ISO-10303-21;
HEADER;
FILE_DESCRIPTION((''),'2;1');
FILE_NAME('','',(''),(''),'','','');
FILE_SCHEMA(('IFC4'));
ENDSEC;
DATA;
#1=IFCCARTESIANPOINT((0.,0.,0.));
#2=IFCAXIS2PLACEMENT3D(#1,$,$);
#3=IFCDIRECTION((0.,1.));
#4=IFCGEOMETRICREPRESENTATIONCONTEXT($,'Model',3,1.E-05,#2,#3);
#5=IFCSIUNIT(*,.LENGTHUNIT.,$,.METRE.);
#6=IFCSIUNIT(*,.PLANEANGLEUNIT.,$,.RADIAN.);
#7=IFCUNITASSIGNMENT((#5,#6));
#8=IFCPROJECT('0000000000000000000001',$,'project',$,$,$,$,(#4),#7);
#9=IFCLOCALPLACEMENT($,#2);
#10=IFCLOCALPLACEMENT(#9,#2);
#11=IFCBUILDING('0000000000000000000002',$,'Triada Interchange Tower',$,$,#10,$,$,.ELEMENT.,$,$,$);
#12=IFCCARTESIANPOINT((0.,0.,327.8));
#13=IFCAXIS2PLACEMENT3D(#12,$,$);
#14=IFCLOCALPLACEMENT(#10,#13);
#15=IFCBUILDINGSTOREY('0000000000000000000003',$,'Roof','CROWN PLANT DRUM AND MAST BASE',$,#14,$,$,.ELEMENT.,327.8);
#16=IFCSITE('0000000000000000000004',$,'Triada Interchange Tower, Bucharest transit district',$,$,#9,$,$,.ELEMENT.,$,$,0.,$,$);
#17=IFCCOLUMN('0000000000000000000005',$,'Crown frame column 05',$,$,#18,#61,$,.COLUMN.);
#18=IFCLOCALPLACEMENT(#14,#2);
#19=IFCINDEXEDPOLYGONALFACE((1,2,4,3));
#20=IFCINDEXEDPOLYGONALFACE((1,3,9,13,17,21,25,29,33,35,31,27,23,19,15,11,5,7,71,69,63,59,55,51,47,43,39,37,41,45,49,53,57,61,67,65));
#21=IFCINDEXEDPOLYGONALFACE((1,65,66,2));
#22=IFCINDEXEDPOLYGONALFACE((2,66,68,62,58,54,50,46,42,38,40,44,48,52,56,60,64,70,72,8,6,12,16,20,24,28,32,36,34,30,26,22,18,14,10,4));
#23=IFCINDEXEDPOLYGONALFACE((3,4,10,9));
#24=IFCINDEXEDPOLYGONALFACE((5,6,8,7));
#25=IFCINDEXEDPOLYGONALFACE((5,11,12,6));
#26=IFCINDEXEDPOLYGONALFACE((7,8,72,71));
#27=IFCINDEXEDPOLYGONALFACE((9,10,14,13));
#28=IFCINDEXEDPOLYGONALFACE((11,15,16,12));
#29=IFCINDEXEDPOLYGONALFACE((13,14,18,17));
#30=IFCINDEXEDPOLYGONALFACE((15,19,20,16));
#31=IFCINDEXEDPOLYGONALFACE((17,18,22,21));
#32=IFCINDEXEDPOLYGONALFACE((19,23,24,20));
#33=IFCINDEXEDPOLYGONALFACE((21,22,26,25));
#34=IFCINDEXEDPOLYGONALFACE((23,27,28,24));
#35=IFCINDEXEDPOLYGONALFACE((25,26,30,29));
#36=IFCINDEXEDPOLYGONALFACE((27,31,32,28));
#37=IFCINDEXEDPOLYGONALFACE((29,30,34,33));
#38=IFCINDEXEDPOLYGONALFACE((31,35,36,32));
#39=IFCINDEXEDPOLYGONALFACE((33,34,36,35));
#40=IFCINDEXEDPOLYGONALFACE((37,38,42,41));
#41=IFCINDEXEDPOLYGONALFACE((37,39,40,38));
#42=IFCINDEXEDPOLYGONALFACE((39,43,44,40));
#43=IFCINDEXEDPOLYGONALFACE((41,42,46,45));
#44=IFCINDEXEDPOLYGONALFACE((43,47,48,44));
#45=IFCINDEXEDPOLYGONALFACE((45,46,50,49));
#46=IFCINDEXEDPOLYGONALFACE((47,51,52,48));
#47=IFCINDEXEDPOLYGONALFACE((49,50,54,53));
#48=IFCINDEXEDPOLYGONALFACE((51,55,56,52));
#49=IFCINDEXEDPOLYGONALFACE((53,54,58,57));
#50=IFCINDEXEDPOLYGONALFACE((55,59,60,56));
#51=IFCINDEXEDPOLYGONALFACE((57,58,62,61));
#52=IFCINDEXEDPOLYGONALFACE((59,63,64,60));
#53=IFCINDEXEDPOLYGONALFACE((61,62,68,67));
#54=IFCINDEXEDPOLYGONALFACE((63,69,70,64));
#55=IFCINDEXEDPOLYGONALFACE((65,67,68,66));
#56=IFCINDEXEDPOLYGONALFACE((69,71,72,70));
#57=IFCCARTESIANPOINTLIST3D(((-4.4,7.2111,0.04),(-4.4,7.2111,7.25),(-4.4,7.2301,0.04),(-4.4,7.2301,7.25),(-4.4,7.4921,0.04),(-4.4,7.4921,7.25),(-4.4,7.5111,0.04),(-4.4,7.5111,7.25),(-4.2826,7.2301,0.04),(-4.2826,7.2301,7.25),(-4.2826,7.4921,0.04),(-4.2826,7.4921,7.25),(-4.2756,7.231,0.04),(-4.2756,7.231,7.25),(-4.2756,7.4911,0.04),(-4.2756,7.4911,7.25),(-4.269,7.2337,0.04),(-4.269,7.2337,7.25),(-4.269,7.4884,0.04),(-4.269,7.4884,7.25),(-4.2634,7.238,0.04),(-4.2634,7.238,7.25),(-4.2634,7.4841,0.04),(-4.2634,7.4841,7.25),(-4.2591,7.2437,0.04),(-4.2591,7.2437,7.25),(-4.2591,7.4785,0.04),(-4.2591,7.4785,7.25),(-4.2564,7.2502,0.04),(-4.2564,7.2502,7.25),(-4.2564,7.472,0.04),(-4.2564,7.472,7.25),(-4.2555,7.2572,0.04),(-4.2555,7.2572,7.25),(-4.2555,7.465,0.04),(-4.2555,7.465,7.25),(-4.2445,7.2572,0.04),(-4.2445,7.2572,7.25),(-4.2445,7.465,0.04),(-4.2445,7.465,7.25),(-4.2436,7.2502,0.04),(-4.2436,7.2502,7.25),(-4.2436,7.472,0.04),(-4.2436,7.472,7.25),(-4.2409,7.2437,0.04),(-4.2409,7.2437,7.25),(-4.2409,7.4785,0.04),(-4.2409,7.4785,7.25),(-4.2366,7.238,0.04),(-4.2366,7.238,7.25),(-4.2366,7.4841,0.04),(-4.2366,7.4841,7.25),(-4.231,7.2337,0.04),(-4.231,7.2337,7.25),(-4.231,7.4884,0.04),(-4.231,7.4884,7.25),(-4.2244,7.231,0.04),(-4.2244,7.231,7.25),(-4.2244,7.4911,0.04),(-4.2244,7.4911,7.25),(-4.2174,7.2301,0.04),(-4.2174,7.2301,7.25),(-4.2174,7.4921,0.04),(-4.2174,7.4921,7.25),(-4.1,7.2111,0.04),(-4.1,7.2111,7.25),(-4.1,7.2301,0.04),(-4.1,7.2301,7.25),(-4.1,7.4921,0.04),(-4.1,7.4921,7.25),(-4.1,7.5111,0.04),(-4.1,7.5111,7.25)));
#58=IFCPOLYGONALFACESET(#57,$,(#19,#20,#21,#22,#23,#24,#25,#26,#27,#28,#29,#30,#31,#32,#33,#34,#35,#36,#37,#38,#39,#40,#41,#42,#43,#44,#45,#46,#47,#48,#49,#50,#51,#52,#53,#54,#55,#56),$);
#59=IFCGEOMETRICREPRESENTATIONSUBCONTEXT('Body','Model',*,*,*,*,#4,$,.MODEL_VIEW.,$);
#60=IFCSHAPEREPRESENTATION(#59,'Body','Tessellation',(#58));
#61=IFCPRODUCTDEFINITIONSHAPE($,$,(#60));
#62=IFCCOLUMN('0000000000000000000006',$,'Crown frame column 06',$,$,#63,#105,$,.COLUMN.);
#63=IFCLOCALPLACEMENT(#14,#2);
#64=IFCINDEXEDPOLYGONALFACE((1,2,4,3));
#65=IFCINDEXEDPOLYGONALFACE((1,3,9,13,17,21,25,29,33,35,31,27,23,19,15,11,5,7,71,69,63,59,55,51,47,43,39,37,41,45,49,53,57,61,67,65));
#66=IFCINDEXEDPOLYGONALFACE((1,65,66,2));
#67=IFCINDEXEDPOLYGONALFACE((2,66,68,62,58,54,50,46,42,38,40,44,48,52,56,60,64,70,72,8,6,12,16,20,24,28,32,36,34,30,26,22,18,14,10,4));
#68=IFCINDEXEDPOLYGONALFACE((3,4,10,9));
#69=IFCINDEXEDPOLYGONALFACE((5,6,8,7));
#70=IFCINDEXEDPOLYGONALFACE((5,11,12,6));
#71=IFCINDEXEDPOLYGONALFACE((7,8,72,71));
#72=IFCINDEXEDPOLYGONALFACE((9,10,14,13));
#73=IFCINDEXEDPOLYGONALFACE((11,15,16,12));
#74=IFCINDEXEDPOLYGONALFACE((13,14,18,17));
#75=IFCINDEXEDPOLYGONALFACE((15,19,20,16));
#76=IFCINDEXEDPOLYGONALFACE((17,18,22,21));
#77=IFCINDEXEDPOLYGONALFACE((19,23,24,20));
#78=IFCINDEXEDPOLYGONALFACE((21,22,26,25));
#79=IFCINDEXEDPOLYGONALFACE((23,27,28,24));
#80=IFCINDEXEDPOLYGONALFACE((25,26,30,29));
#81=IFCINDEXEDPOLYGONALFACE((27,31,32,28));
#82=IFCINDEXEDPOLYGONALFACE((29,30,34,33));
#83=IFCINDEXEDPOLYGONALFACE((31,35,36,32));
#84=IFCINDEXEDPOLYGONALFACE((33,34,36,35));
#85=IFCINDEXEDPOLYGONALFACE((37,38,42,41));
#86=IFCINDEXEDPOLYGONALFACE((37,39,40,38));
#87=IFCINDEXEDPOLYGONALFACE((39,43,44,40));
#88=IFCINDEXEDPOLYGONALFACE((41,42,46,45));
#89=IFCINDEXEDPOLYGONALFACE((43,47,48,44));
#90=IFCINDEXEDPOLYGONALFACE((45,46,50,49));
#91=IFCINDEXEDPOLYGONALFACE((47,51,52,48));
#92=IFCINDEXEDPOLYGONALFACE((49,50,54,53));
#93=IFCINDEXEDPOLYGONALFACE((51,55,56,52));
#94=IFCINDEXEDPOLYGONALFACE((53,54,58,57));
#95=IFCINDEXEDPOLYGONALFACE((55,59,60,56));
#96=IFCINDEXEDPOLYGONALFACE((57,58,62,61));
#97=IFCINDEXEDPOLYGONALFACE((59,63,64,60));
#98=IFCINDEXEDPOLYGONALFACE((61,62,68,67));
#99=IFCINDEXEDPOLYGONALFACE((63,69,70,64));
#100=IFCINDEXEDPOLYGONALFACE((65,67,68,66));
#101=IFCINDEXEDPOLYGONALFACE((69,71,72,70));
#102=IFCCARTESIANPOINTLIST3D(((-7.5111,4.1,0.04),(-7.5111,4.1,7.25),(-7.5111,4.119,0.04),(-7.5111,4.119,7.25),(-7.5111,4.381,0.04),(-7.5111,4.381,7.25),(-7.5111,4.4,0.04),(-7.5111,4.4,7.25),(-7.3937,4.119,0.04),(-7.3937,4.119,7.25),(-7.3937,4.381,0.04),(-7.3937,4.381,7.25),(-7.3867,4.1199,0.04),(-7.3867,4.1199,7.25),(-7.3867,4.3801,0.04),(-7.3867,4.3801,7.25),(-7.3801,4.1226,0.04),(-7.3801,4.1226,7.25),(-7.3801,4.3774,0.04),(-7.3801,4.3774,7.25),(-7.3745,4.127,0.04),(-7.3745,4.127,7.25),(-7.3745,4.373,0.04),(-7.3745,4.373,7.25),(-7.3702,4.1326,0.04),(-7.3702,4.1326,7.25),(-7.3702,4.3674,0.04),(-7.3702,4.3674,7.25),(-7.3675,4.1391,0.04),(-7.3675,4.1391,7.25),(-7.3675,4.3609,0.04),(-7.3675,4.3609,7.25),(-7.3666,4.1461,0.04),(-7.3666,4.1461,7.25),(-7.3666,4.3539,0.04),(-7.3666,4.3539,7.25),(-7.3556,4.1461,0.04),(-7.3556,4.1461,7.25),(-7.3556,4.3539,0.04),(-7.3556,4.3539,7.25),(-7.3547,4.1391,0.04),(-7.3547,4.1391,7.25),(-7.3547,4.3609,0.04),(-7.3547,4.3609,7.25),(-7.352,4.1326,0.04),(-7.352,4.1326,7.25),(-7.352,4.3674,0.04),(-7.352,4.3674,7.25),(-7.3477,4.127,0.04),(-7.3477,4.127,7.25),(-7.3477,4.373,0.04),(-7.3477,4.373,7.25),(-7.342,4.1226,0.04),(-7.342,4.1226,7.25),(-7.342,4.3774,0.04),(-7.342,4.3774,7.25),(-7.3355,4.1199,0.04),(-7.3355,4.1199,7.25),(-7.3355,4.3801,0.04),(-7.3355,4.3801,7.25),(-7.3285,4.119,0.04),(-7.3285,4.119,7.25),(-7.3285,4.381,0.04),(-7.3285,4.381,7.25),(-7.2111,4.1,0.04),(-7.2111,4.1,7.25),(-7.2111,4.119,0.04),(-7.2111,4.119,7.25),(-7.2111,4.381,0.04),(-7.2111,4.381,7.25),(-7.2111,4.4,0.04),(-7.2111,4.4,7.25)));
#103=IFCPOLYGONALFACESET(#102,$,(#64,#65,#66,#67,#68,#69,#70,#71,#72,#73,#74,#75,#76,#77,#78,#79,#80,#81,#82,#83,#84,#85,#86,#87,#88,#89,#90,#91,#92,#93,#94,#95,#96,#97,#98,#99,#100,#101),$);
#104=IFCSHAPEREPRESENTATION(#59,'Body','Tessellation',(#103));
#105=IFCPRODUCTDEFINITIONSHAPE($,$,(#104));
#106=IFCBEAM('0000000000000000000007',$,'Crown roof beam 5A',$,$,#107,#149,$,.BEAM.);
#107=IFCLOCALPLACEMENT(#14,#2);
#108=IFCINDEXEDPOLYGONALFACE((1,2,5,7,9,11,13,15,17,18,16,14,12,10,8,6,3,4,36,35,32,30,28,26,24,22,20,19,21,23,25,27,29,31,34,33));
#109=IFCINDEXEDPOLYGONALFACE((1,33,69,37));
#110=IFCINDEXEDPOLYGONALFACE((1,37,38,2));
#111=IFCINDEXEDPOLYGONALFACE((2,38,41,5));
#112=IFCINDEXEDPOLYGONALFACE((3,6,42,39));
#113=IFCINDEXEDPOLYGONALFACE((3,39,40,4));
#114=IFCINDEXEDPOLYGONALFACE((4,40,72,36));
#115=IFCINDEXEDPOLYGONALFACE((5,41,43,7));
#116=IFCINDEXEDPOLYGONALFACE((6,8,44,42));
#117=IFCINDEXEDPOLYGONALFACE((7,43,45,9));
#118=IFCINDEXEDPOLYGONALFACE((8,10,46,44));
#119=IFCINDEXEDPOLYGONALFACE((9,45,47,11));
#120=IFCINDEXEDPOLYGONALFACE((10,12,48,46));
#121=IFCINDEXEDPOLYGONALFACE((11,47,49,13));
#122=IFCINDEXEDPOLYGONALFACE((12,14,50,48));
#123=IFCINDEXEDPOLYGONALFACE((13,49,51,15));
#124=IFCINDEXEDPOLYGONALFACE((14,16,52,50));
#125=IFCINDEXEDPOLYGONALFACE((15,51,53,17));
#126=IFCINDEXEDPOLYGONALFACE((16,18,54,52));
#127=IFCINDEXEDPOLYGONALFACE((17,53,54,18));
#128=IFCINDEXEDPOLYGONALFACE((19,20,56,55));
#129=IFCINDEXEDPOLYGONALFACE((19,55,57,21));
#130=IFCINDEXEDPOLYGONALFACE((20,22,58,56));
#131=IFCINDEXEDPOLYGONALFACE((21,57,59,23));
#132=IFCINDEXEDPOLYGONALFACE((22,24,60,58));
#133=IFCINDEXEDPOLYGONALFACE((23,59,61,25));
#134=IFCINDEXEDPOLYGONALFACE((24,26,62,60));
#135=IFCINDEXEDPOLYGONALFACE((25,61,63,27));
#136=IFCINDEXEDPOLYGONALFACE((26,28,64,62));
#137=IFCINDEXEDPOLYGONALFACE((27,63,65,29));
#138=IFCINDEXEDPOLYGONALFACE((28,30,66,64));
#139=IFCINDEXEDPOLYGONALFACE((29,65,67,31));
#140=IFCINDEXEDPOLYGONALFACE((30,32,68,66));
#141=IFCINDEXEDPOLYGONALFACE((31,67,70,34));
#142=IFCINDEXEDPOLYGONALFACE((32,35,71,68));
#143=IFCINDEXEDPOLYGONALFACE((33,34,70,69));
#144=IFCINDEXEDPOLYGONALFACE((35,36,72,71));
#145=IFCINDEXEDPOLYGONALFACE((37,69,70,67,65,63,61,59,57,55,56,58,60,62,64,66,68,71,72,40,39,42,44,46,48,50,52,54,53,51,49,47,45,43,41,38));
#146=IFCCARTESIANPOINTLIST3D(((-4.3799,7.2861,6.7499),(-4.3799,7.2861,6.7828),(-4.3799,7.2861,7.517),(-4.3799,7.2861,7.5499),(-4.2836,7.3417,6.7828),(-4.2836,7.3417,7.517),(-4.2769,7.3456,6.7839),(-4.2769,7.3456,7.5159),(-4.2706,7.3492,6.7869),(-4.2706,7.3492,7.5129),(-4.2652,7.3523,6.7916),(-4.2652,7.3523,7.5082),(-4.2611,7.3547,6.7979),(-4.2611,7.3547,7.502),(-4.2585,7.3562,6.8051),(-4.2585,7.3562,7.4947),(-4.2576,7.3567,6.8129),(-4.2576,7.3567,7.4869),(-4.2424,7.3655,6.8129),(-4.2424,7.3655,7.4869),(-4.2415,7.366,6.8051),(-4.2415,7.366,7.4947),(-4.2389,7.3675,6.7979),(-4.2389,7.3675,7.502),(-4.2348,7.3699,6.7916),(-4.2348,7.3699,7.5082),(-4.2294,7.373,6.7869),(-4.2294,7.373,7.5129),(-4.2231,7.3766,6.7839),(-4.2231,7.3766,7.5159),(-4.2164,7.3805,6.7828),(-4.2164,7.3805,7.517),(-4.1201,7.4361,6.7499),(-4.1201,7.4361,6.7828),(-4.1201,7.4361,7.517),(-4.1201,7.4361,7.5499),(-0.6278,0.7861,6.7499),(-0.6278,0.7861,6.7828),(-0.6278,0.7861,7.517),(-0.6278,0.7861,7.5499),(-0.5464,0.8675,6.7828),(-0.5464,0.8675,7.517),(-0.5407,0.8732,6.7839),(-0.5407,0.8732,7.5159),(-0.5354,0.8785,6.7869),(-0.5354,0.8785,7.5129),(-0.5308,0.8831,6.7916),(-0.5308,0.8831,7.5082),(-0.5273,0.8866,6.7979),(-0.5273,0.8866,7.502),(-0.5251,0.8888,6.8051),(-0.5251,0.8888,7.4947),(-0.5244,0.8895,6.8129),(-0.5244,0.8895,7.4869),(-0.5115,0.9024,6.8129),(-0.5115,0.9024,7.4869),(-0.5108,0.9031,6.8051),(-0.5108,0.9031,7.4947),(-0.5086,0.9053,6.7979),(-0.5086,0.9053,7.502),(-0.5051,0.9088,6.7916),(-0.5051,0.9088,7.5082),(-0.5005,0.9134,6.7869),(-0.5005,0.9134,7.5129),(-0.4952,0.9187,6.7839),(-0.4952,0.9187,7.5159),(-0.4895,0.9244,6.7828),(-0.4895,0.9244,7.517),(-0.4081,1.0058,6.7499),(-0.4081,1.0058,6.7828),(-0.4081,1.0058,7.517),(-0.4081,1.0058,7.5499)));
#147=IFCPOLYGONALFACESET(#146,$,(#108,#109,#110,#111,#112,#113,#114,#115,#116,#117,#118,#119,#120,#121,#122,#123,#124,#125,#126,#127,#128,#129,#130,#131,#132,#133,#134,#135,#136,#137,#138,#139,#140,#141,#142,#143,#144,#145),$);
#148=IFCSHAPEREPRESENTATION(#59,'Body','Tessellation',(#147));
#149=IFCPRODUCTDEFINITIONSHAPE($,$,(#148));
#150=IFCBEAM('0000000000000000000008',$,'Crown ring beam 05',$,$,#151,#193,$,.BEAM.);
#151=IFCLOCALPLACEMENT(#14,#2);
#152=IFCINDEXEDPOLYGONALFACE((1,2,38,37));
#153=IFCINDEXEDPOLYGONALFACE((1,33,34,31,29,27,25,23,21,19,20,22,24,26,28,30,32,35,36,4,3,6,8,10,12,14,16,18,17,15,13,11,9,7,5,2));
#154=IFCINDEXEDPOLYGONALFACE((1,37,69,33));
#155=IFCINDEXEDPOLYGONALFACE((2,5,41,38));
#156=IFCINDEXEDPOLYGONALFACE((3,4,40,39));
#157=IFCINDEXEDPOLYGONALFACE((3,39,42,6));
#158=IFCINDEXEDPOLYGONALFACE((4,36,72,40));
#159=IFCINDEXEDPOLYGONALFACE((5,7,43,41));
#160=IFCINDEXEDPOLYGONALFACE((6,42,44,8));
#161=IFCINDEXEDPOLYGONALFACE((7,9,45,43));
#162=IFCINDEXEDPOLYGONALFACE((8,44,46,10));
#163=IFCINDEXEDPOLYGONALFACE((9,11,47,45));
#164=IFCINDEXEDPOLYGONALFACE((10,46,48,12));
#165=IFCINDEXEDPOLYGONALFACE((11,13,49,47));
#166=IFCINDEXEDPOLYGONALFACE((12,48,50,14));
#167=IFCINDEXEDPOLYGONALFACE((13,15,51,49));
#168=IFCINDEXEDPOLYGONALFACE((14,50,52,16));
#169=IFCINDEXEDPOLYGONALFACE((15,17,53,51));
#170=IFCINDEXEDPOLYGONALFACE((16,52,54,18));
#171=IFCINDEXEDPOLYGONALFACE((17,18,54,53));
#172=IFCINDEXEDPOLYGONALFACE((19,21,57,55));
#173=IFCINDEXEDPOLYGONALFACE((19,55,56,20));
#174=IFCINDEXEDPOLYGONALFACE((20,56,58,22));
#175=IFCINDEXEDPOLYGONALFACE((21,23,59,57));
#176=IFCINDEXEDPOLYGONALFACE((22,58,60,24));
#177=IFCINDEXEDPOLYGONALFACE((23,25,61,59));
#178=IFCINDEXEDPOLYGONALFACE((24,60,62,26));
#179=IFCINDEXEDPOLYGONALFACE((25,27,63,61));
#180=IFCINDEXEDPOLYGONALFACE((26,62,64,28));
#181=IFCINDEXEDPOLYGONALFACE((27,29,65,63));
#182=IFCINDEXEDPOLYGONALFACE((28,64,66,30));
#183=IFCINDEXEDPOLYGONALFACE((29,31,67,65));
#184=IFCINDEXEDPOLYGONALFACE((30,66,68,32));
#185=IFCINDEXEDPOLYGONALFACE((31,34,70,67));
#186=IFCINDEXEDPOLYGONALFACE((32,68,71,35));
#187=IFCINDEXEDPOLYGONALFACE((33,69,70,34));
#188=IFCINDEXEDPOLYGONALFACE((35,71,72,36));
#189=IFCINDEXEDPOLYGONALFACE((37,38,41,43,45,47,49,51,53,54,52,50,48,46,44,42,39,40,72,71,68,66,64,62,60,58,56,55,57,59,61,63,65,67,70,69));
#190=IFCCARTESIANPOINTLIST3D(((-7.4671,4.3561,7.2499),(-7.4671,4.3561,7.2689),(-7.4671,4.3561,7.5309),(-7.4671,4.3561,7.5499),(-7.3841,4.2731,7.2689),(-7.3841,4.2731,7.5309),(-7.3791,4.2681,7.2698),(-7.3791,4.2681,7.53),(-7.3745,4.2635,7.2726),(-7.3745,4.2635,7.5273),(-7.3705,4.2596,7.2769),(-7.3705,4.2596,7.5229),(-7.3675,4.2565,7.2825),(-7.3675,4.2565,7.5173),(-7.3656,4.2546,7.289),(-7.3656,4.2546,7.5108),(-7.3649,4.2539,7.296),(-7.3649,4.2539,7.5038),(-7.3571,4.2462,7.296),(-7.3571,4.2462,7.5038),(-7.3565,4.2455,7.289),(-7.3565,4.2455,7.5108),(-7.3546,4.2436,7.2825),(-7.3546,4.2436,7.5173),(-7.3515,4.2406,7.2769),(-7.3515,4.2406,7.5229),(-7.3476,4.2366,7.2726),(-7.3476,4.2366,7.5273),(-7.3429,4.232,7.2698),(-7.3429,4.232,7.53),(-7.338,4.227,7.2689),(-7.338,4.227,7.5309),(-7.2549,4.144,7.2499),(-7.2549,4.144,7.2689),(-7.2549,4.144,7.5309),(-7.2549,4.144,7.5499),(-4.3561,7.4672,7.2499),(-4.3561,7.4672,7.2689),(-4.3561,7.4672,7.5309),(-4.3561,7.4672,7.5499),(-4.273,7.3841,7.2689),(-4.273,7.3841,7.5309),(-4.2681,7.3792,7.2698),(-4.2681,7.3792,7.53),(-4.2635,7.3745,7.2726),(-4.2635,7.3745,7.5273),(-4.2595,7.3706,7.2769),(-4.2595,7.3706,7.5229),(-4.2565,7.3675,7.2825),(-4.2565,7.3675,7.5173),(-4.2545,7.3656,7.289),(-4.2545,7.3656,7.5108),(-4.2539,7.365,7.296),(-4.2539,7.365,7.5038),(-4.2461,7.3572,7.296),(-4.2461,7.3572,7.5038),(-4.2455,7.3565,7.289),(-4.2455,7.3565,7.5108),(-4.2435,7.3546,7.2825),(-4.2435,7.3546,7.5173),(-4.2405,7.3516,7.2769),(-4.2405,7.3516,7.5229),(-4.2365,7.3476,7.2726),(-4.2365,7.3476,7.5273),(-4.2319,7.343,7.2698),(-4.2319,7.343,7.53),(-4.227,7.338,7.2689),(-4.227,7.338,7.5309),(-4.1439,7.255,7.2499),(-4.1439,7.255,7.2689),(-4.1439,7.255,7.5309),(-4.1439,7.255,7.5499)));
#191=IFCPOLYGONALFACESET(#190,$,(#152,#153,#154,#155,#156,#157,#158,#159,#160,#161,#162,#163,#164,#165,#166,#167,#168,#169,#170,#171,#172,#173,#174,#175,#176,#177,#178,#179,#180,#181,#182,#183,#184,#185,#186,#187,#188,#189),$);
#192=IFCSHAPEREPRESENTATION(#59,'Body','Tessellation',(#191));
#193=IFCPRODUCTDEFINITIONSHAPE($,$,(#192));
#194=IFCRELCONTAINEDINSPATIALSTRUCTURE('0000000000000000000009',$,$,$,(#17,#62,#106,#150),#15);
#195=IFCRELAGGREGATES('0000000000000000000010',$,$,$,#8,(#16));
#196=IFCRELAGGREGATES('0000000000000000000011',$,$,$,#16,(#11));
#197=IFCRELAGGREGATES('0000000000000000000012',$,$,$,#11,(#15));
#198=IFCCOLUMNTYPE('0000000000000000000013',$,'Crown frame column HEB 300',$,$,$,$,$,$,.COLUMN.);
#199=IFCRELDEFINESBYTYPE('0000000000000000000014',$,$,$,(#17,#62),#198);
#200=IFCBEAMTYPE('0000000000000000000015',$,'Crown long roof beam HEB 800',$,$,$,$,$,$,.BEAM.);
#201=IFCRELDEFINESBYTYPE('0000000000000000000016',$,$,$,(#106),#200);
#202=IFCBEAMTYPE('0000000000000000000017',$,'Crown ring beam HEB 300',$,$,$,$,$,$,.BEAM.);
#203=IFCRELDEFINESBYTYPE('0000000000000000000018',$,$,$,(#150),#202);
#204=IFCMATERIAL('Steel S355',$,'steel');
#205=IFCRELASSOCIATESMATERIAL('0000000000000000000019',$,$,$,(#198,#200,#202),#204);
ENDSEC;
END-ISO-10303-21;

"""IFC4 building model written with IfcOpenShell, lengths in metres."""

from ifc_helpers import new_model, si_unit, direction, frame, origin, origin_2d, place, context, subcontext, project, spatial, i_section, extrude, clip, halfspace, material, material_profile, profile_set, type_object, element, save


model = new_model("IFC4")

# Units and contexts
model_context = context("Model", 3, precision=1e-05, world=origin(), true_north=direction((0.0, 1.0)))
body_context = subcontext(model_context, "Body", "Model", "MODEL_VIEW")
ifc_project = project(units=[si_unit("LENGTHUNIT", "METRE"), si_unit("PLANEANGLEUNIT", "RADIAN")], contexts=[model_context])

# Site, building, storey
site_placement = place(None, origin())
site = spatial("IfcSite", under=ifc_project, at=site_placement, Name="Triada Interchange Tower, Bucharest transit district", CompositionType="ELEMENT", RefElevation=0.0)
building_placement = place(site_placement, origin())
building = spatial("IfcBuilding", under=site, at=building_placement, Name="Triada Interchange Tower", CompositionType="ELEMENT")
storey_placement = place(building_placement, frame((0.0, 0.0, 327.8)))
storey = spatial("IfcBuildingStorey", under=building, at=storey_placement, Name="Roof", Description="CROWN PLANT DRUM AND MAST BASE", CompositionType="ELEMENT", Elevation=327.8)

# Columns
ifc_material_1 = material(Name="Steel S355", Category="steel")
ifc_material_profile_1 = material_profile(ifc_material_1, i_section(OverallWidth=0.3, OverallDepth=0.3, WebThickness=0.011, FlangeThickness=0.019, FilletRadius=0.0271, at=origin_2d()), Name="HEB 300")
ifc_profile_set_1 = profile_set([ifc_material_profile_1], Name="Steel S355")
column_type = type_object("IfcColumnType", Name="Crown frame column HEB 300", PredefinedType="COLUMN", material=ifc_profile_set_1)
for number, where, z_axis, x_axis, name in (
    (1, (-4.25, 7.3611, 0.04), (0.0, 0.0, 1.0), (1.0, 0.0, 0.0), "Crown frame column 05"),
    (2, (-7.3611, 4.25, 0.04), (0.0, 0.0, 1.0), (1.0, 0.0, 0.0), "Crown frame column 06"),
):
    element("IfcColumn", number, at=place(storey_placement, frame(where, z_axis=z_axis, x_axis=x_axis)), inside=storey, type_object=column_type, Name=name, PredefinedType="COLUMN", context=body_context, shape_type="SweptSolid", body=[
        extrude(i_section(OverallWidth=0.3, OverallDepth=0.3, WebThickness=0.011, FlangeThickness=0.019, FilletRadius=0.0271, at=origin_2d()), origin(), (0.0, 0.0, 1.0), 7.21),
    ])

# Beams
ifc_material_profile_2 = material_profile(ifc_material_1, i_section(OverallWidth=0.3, OverallDepth=0.8, WebThickness=0.0176, FlangeThickness=0.033, FilletRadius=0.03, at=origin_2d()), Name="HEB 800")
ifc_profile_set_2 = profile_set([ifc_material_profile_2], Name="Steel S355")
beam_type_1 = type_object("IfcBeamType", Name="Crown long roof beam HEB 800", PredefinedType="BEAM", material=ifc_profile_set_2)
beam_1_placement = place(storey_placement, frame((-4.25, 7.3611, 7.1499), z_axis=(0.499941, -0.86606, 0.0), x_axis=(0.86606, 0.499941, 0.0)))
element("IfcBeam", 3, at=beam_1_placement, inside=storey, type_object=beam_type_1, Name="Crown roof beam 5A", PredefinedType="BEAM", context=body_context, shape_type="Clipping", body=[
    clip(extrude(i_section(OverallWidth=0.3, OverallDepth=0.8, WebThickness=0.0176, FlangeThickness=0.033, FilletRadius=0.03, at=origin_2d()), origin(), (0.0, 0.0, 1.0), 8.9648), halfspace(frame((-1.9314, -334.95, 7.9827), z_axis=(0.258885, 0.0, 0.965908), x_axis=(0.0, -1.0, 0.0)), False)),
])
ifc_material_profile_3 = material_profile(ifc_material_1, i_section(OverallWidth=0.3, OverallDepth=0.3, WebThickness=0.011, FlangeThickness=0.019, FilletRadius=0.0271, at=origin_2d()), Name="HEB 300")
ifc_profile_set_3 = profile_set([ifc_material_profile_3], Name="Steel S355")
beam_type_2 = type_object("IfcBeamType", Name="Crown ring beam HEB 300", PredefinedType="BEAM", material=ifc_profile_set_3)
beam_2_placement = place(storey_placement, frame((-4.25, 7.3611, 7.3999), z_axis=(-0.707107, -0.707107, 0.0), x_axis=(0.707107, -0.707107, 0.0)))
element("IfcBeam", 4, at=beam_2_placement, inside=storey, type_object=beam_type_2, Name="Crown ring beam 05", PredefinedType="BEAM", context=body_context, shape_type="SweptSolid", body=[
    extrude(i_section(OverallWidth=0.3, OverallDepth=0.3, WebThickness=0.011, FlangeThickness=0.019, FilletRadius=0.0271, at=origin_2d()), origin(), (0.0, 0.0, 1.0), 4.3997),
])

save(model, "model.ifc")
